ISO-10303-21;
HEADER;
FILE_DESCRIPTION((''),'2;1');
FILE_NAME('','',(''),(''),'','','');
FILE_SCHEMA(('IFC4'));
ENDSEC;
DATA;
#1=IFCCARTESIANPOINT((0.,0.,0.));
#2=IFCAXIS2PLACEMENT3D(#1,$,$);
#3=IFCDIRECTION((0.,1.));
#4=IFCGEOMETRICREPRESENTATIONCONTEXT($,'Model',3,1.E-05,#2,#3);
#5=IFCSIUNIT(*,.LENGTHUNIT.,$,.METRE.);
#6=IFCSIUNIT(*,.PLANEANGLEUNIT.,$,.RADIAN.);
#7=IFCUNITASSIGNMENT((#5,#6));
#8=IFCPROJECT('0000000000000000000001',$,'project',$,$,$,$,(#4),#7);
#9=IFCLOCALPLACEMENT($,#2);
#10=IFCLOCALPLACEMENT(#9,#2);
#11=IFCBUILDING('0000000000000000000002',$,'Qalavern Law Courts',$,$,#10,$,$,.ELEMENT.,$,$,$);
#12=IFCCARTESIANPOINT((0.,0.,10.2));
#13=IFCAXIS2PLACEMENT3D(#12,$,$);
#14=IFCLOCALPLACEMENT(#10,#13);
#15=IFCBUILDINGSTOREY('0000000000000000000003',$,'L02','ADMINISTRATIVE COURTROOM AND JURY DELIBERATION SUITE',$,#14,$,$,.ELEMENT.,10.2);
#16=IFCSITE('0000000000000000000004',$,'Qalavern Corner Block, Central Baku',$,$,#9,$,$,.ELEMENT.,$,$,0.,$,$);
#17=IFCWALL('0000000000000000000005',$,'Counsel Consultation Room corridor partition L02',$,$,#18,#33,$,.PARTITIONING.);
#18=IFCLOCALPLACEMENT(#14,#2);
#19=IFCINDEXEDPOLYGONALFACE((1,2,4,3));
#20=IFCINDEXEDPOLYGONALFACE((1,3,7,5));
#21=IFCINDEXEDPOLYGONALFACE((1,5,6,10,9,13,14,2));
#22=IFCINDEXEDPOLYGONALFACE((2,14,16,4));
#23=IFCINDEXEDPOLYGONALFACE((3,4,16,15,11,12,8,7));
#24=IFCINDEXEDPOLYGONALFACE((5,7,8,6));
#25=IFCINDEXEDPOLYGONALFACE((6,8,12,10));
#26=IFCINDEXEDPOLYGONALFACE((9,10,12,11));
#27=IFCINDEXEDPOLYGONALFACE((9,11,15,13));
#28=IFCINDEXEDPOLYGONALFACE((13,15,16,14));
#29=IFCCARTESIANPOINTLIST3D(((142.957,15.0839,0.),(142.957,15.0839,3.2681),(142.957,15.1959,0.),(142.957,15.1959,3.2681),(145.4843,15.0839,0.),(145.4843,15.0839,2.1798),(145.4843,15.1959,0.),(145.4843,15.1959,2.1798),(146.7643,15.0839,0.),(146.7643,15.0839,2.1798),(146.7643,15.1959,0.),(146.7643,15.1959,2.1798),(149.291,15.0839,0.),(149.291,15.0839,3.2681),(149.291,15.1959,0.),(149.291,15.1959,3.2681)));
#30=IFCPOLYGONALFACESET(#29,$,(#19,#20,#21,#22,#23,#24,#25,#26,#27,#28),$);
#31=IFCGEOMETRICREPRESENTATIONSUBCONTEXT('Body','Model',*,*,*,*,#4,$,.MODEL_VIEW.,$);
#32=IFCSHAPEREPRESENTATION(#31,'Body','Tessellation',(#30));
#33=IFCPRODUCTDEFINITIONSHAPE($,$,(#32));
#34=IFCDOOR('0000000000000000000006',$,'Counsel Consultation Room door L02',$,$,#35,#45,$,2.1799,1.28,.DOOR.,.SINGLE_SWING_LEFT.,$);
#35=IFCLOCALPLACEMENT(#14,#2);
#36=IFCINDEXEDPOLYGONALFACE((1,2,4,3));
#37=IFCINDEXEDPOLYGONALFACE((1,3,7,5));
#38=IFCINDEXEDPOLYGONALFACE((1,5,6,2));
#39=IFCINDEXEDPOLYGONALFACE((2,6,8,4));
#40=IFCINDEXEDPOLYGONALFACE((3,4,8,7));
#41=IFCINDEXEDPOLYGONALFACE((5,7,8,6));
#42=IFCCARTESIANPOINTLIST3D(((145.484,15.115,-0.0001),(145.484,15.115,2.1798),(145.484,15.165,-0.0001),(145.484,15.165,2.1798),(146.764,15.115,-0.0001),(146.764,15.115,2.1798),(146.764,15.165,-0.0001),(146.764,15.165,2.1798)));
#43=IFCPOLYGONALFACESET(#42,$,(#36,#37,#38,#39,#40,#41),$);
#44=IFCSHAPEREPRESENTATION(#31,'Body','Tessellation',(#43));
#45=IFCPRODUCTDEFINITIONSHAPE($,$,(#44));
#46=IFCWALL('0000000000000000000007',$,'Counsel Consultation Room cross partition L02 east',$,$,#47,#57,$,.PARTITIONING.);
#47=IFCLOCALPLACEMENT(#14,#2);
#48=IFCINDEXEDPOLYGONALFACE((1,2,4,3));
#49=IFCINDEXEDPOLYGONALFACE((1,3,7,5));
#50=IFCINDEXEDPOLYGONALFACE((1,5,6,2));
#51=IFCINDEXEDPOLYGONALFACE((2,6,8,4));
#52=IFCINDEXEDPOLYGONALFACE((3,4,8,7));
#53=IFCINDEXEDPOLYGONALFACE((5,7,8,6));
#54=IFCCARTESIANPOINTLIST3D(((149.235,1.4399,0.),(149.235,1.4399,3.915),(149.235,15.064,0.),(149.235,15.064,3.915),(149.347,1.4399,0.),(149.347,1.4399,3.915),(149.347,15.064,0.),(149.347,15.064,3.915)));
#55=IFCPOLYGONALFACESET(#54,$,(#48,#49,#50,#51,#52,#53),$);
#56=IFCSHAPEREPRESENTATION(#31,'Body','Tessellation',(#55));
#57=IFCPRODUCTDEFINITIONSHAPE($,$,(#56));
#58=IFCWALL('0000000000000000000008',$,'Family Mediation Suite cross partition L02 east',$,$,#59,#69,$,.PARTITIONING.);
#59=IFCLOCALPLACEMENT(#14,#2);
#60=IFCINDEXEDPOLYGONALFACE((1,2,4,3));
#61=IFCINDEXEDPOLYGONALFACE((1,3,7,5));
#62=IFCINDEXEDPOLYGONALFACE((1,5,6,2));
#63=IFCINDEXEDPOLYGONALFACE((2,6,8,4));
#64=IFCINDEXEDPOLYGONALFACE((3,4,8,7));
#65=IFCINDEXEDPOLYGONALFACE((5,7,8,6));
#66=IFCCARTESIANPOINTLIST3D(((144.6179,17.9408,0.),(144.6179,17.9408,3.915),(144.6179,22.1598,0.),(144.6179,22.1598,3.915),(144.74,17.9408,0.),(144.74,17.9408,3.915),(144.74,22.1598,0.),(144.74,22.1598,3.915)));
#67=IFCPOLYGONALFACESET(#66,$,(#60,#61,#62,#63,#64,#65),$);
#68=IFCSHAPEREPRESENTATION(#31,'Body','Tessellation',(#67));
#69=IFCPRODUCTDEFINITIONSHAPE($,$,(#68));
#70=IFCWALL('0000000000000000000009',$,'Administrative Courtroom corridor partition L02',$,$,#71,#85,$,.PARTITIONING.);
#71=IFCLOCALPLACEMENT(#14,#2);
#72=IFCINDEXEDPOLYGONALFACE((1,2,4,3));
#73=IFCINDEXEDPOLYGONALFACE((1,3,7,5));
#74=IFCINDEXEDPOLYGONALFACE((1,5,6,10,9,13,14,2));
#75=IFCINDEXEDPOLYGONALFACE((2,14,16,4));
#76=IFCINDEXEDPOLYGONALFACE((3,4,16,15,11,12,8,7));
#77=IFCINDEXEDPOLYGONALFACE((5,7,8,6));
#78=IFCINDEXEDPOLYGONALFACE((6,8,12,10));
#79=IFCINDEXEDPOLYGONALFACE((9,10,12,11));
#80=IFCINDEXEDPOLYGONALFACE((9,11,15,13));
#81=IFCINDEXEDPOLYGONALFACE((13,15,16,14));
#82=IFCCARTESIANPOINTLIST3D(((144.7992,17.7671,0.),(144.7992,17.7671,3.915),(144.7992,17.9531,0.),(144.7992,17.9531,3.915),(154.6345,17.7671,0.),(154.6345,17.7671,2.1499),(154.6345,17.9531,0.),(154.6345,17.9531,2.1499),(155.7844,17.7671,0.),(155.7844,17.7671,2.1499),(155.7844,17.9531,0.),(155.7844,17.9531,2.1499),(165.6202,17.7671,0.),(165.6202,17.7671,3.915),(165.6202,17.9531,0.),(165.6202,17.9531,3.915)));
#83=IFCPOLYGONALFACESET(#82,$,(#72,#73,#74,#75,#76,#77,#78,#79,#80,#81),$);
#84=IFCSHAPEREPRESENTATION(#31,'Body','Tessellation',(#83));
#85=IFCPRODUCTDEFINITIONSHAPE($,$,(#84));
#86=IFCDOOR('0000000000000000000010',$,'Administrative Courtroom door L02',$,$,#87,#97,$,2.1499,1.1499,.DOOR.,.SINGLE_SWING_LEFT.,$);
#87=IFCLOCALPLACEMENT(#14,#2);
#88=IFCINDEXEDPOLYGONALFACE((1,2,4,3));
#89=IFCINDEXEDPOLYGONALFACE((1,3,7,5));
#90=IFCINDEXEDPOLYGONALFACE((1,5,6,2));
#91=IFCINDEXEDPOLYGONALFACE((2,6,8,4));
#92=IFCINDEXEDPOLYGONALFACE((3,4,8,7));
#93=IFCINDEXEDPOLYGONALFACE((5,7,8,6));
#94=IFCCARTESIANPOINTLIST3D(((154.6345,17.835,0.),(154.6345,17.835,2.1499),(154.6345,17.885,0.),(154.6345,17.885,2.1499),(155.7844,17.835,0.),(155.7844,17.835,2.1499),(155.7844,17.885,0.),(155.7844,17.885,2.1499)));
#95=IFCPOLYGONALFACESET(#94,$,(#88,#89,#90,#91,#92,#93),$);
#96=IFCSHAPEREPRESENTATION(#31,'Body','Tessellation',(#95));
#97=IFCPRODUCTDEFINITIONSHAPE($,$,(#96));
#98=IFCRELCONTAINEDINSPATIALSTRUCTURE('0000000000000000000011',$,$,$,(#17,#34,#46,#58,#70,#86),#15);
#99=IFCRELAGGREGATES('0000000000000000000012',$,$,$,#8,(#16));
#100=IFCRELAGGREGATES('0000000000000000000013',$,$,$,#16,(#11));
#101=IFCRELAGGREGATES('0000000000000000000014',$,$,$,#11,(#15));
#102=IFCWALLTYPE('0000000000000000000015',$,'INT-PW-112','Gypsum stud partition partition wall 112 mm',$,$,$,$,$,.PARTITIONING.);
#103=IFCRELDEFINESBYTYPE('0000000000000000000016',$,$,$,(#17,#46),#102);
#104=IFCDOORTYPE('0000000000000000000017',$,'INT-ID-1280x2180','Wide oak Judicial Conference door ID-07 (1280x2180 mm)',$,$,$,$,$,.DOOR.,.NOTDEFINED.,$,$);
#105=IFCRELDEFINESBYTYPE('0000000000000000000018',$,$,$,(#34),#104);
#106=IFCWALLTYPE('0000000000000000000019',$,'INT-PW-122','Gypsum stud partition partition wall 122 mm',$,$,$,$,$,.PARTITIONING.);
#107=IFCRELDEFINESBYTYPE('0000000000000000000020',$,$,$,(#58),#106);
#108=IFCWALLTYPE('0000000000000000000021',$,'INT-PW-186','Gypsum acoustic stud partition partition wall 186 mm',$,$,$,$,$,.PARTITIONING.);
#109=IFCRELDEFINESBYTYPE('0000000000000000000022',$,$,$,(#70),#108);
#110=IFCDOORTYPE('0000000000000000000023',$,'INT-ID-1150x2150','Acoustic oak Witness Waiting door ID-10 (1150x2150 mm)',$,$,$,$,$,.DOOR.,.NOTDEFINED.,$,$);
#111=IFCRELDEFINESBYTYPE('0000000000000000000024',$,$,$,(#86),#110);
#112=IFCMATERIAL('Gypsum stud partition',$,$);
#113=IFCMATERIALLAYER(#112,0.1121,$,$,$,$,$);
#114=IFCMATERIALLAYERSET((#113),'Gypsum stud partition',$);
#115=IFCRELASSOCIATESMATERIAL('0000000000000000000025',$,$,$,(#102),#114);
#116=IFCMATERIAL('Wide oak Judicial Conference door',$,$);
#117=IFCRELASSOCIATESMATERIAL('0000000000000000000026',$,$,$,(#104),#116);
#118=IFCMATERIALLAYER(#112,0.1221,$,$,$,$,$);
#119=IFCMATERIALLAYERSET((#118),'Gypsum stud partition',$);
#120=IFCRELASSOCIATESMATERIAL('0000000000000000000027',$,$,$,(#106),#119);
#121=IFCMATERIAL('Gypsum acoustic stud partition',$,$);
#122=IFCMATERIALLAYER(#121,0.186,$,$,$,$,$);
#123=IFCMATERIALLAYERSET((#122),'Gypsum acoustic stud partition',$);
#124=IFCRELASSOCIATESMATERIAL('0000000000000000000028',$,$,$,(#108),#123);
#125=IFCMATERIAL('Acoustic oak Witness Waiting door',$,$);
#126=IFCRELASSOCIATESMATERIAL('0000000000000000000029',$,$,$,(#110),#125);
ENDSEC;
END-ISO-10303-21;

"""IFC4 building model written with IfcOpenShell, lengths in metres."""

from ifc_helpers import new_model, si_unit, direction, frame, frame_2d, origin, place, context, subcontext, project, spatial, rectangle, extrude, material, layer, layer_set, type_object, element, fill, save


model = new_model("IFC4")

# Units and contexts
model_context = context("Model", 3, precision=1e-05, world=origin(), true_north=direction((0.0, 1.0)))
body_context = subcontext(model_context, "Body", "Model", "MODEL_VIEW")
ifc_project = project(units=[si_unit("LENGTHUNIT", "METRE"), si_unit("PLANEANGLEUNIT", "RADIAN")], contexts=[model_context])

# Site, building, storey
site_placement = place(None, origin())
site = spatial("IfcSite", under=ifc_project, at=site_placement, Name="Qalavern Corner Block, Central Baku", CompositionType="ELEMENT", RefElevation=0.0)
building_placement = place(site_placement, origin())
building = spatial("IfcBuilding", under=site, at=building_placement, Name="Qalavern Law Courts", CompositionType="ELEMENT")
storey_placement = place(building_placement, frame((0.0, 0.0, 10.2)))
storey = spatial("IfcBuildingStorey", under=building, at=storey_placement, Name="L02", Description="ADMINISTRATIVE COURTROOM AND JURY DELIBERATION SUITE", CompositionType="ELEMENT", Elevation=10.2)

# Wall, opening, door
ifc_material_1 = material(Name="Gypsum stud partition")
ifc_layer_1 = layer(ifc_material_1, 0.1121)
ifc_layer_set_1 = layer_set([ifc_layer_1], Name="Gypsum stud partition")
wall_type_1 = type_object("IfcWallType", Name="INT-PW-112", Description="Gypsum stud partition partition wall 112 mm", PredefinedType="PARTITIONING", material=ifc_layer_set_1)
wall_1_placement = place(storey_placement, frame((142.957, 15.1399, 0.0), z_axis=(0.0, 0.0, 1.0), x_axis=(1.0, 0.0, 0.0)))
wall_1 = element("IfcWall", 1, at=wall_1_placement, inside=storey, type_object=wall_type_1, Name="Counsel Consultation Room corridor partition L02", PredefinedType="PARTITIONING", context=body_context, shape_type="SweptSolid", body=[
    extrude(rectangle(XDim=6.334, YDim=0.1121, at=frame_2d((3.167, 0.0))), origin(), (0.0, 0.0, 1.0), 3.2681),
])
opening_1_placement = place(wall_1_placement, frame((2.5271, 0.0, 0.0)))
opening_1 = element("IfcOpeningElement", 2, at=opening_1_placement, cuts=wall_1, PredefinedType="OPENING", context=body_context, shape_type="SweptSolid", body=[
    extrude(rectangle(XDim=1.28, YDim=2.1799, at=frame_2d((0.6401, 1.0898))), frame((0.0, 0.0708, 0.0), z_axis=(0.0, -1.0, 0.0), x_axis=(1.0, 0.0, 0.0)), (0.0, 0.0, 1.0), 0.1418),
])
ifc_material_2 = material(Name="Wide oak Judicial Conference door")
door_type_1 = type_object("IfcDoorType", Name="INT-ID-1280x2180", Description="Wide oak Judicial Conference door ID-07 (1280x2180 mm)", OperationType="NOTDEFINED", PredefinedType="DOOR", material=ifc_material_2)
door_1_placement = place(opening_1_placement, frame((1.28, 0.0, 0.0), z_axis=(0.0, 0.0, 1.0), x_axis=(-1.0, 0.0, 0.0)))
door_1 = element("IfcDoor", 3, at=door_1_placement, inside=storey, type_object=door_type_1, Name="Counsel Consultation Room door L02", OperationType="SINGLE_SWING_LEFT", OverallHeight=2.1799, OverallWidth=1.28, PredefinedType="DOOR", context=body_context, shape_type="SweptSolid", body=[
    extrude(rectangle(XDim=1.28, YDim=2.1799, at=frame_2d((0.6401, 1.0898))), frame((0.0, 0.0249, 0.0), z_axis=(0.0, -1.0, 0.0), x_axis=(1.0, 0.0, 0.0)), (0.0, 0.0, 1.0), 0.05),
])
fill(opening_1, door_1)

# Walls
wall_2_placement = place(storey_placement, frame((149.291, 1.4399, 0.0), z_axis=(0.0, 0.0, 1.0), x_axis=(0.0, 1.0, 0.0)))
element("IfcWall", 4, at=wall_2_placement, inside=storey, type_object=wall_type_1, Name="Counsel Consultation Room cross partition L02 east", PredefinedType="PARTITIONING", context=body_context, shape_type="SweptSolid", body=[
    extrude(rectangle(XDim=13.624, YDim=0.1121, at=frame_2d((6.812, 0.0))), origin(), (0.0, 0.0, 1.0), 3.915),
])
ifc_layer_2 = layer(ifc_material_1, 0.1221)
ifc_layer_set_2 = layer_set([ifc_layer_2], Name="Gypsum stud partition")
wall_type_2 = type_object("IfcWallType", Name="INT-PW-122", Description="Gypsum stud partition partition wall 122 mm", PredefinedType="PARTITIONING", material=ifc_layer_set_2)
wall_3_placement = place(storey_placement, frame((144.679, 17.9409, 0.0), z_axis=(0.0, 0.0, 1.0), x_axis=(0.0, 1.0, 0.0)))
element("IfcWall", 5, at=wall_3_placement, inside=storey, type_object=wall_type_2, Name="Family Mediation Suite cross partition L02 east", PredefinedType="PARTITIONING", context=body_context, shape_type="SweptSolid", body=[
    extrude(rectangle(XDim=4.219, YDim=0.1221, at=frame_2d((2.1094, 0.0))), origin(), (0.0, 0.0, 1.0), 3.915),
])

# Wall, opening, door
ifc_material_3 = material(Name="Gypsum acoustic stud partition")
ifc_layer_3 = layer(ifc_material_3, 0.186)
ifc_layer_set_3 = layer_set([ifc_layer_3], Name="Gypsum acoustic stud partition")
wall_type_3 = type_object("IfcWallType", Name="INT-PW-186", Description="Gypsum acoustic stud partition partition wall 186 mm", PredefinedType="PARTITIONING", material=ifc_layer_set_3)
wall_4_placement = place(storey_placement, frame((144.7991, 17.8601, 0.0), z_axis=(0.0, 0.0, 1.0), x_axis=(1.0, 0.0, 0.0)))
wall_4 = element("IfcWall", 6, at=wall_4_placement, inside=storey, type_object=wall_type_3, Name="Administrative Courtroom corridor partition L02", PredefinedType="PARTITIONING", context=body_context, shape_type="SweptSolid", body=[
    extrude(rectangle(XDim=20.821, YDim=0.186, at=frame_2d((10.4106, 0.0))), origin(), (0.0, 0.0, 1.0), 3.915),
])
opening_2_placement = place(wall_4_placement, frame((9.8354, 0.0, 0.0)))
opening_2 = element("IfcOpeningElement", 7, at=opening_2_placement, cuts=wall_4, PredefinedType="OPENING", context=body_context, shape_type="SweptSolid", body=[
    extrude(rectangle(XDim=1.1499, YDim=2.1499, at=frame_2d((0.575, 1.075))), frame((0.0, 0.1079, 0.0), z_axis=(0.0, -1.0, 0.0), x_axis=(1.0, 0.0, 0.0)), (0.0, 0.0, 1.0), 0.2158),
])
ifc_material_4 = material(Name="Acoustic oak Witness Waiting door")
door_type_2 = type_object("IfcDoorType", Name="INT-ID-1150x2150", Description="Acoustic oak Witness Waiting door ID-10 (1150x2150 mm)", OperationType="NOTDEFINED", PredefinedType="DOOR", material=ifc_material_4)
door_2_placement = place(opening_2_placement, origin())
door_2 = element("IfcDoor", 8, at=door_2_placement, inside=storey, type_object=door_type_2, Name="Administrative Courtroom door L02", OperationType="SINGLE_SWING_LEFT", OverallHeight=2.1499, OverallWidth=1.1499, PredefinedType="DOOR", context=body_context, shape_type="SweptSolid", body=[
    extrude(rectangle(XDim=1.1499, YDim=2.1499, at=frame_2d((0.575, 1.075))), frame((0.0, 0.0249, 0.0), z_axis=(0.0, -1.0, 0.0), x_axis=(1.0, 0.0, 0.0)), (0.0, 0.0, 1.0), 0.05),
])
fill(opening_2, door_2)

save(model, "model.ifc")
